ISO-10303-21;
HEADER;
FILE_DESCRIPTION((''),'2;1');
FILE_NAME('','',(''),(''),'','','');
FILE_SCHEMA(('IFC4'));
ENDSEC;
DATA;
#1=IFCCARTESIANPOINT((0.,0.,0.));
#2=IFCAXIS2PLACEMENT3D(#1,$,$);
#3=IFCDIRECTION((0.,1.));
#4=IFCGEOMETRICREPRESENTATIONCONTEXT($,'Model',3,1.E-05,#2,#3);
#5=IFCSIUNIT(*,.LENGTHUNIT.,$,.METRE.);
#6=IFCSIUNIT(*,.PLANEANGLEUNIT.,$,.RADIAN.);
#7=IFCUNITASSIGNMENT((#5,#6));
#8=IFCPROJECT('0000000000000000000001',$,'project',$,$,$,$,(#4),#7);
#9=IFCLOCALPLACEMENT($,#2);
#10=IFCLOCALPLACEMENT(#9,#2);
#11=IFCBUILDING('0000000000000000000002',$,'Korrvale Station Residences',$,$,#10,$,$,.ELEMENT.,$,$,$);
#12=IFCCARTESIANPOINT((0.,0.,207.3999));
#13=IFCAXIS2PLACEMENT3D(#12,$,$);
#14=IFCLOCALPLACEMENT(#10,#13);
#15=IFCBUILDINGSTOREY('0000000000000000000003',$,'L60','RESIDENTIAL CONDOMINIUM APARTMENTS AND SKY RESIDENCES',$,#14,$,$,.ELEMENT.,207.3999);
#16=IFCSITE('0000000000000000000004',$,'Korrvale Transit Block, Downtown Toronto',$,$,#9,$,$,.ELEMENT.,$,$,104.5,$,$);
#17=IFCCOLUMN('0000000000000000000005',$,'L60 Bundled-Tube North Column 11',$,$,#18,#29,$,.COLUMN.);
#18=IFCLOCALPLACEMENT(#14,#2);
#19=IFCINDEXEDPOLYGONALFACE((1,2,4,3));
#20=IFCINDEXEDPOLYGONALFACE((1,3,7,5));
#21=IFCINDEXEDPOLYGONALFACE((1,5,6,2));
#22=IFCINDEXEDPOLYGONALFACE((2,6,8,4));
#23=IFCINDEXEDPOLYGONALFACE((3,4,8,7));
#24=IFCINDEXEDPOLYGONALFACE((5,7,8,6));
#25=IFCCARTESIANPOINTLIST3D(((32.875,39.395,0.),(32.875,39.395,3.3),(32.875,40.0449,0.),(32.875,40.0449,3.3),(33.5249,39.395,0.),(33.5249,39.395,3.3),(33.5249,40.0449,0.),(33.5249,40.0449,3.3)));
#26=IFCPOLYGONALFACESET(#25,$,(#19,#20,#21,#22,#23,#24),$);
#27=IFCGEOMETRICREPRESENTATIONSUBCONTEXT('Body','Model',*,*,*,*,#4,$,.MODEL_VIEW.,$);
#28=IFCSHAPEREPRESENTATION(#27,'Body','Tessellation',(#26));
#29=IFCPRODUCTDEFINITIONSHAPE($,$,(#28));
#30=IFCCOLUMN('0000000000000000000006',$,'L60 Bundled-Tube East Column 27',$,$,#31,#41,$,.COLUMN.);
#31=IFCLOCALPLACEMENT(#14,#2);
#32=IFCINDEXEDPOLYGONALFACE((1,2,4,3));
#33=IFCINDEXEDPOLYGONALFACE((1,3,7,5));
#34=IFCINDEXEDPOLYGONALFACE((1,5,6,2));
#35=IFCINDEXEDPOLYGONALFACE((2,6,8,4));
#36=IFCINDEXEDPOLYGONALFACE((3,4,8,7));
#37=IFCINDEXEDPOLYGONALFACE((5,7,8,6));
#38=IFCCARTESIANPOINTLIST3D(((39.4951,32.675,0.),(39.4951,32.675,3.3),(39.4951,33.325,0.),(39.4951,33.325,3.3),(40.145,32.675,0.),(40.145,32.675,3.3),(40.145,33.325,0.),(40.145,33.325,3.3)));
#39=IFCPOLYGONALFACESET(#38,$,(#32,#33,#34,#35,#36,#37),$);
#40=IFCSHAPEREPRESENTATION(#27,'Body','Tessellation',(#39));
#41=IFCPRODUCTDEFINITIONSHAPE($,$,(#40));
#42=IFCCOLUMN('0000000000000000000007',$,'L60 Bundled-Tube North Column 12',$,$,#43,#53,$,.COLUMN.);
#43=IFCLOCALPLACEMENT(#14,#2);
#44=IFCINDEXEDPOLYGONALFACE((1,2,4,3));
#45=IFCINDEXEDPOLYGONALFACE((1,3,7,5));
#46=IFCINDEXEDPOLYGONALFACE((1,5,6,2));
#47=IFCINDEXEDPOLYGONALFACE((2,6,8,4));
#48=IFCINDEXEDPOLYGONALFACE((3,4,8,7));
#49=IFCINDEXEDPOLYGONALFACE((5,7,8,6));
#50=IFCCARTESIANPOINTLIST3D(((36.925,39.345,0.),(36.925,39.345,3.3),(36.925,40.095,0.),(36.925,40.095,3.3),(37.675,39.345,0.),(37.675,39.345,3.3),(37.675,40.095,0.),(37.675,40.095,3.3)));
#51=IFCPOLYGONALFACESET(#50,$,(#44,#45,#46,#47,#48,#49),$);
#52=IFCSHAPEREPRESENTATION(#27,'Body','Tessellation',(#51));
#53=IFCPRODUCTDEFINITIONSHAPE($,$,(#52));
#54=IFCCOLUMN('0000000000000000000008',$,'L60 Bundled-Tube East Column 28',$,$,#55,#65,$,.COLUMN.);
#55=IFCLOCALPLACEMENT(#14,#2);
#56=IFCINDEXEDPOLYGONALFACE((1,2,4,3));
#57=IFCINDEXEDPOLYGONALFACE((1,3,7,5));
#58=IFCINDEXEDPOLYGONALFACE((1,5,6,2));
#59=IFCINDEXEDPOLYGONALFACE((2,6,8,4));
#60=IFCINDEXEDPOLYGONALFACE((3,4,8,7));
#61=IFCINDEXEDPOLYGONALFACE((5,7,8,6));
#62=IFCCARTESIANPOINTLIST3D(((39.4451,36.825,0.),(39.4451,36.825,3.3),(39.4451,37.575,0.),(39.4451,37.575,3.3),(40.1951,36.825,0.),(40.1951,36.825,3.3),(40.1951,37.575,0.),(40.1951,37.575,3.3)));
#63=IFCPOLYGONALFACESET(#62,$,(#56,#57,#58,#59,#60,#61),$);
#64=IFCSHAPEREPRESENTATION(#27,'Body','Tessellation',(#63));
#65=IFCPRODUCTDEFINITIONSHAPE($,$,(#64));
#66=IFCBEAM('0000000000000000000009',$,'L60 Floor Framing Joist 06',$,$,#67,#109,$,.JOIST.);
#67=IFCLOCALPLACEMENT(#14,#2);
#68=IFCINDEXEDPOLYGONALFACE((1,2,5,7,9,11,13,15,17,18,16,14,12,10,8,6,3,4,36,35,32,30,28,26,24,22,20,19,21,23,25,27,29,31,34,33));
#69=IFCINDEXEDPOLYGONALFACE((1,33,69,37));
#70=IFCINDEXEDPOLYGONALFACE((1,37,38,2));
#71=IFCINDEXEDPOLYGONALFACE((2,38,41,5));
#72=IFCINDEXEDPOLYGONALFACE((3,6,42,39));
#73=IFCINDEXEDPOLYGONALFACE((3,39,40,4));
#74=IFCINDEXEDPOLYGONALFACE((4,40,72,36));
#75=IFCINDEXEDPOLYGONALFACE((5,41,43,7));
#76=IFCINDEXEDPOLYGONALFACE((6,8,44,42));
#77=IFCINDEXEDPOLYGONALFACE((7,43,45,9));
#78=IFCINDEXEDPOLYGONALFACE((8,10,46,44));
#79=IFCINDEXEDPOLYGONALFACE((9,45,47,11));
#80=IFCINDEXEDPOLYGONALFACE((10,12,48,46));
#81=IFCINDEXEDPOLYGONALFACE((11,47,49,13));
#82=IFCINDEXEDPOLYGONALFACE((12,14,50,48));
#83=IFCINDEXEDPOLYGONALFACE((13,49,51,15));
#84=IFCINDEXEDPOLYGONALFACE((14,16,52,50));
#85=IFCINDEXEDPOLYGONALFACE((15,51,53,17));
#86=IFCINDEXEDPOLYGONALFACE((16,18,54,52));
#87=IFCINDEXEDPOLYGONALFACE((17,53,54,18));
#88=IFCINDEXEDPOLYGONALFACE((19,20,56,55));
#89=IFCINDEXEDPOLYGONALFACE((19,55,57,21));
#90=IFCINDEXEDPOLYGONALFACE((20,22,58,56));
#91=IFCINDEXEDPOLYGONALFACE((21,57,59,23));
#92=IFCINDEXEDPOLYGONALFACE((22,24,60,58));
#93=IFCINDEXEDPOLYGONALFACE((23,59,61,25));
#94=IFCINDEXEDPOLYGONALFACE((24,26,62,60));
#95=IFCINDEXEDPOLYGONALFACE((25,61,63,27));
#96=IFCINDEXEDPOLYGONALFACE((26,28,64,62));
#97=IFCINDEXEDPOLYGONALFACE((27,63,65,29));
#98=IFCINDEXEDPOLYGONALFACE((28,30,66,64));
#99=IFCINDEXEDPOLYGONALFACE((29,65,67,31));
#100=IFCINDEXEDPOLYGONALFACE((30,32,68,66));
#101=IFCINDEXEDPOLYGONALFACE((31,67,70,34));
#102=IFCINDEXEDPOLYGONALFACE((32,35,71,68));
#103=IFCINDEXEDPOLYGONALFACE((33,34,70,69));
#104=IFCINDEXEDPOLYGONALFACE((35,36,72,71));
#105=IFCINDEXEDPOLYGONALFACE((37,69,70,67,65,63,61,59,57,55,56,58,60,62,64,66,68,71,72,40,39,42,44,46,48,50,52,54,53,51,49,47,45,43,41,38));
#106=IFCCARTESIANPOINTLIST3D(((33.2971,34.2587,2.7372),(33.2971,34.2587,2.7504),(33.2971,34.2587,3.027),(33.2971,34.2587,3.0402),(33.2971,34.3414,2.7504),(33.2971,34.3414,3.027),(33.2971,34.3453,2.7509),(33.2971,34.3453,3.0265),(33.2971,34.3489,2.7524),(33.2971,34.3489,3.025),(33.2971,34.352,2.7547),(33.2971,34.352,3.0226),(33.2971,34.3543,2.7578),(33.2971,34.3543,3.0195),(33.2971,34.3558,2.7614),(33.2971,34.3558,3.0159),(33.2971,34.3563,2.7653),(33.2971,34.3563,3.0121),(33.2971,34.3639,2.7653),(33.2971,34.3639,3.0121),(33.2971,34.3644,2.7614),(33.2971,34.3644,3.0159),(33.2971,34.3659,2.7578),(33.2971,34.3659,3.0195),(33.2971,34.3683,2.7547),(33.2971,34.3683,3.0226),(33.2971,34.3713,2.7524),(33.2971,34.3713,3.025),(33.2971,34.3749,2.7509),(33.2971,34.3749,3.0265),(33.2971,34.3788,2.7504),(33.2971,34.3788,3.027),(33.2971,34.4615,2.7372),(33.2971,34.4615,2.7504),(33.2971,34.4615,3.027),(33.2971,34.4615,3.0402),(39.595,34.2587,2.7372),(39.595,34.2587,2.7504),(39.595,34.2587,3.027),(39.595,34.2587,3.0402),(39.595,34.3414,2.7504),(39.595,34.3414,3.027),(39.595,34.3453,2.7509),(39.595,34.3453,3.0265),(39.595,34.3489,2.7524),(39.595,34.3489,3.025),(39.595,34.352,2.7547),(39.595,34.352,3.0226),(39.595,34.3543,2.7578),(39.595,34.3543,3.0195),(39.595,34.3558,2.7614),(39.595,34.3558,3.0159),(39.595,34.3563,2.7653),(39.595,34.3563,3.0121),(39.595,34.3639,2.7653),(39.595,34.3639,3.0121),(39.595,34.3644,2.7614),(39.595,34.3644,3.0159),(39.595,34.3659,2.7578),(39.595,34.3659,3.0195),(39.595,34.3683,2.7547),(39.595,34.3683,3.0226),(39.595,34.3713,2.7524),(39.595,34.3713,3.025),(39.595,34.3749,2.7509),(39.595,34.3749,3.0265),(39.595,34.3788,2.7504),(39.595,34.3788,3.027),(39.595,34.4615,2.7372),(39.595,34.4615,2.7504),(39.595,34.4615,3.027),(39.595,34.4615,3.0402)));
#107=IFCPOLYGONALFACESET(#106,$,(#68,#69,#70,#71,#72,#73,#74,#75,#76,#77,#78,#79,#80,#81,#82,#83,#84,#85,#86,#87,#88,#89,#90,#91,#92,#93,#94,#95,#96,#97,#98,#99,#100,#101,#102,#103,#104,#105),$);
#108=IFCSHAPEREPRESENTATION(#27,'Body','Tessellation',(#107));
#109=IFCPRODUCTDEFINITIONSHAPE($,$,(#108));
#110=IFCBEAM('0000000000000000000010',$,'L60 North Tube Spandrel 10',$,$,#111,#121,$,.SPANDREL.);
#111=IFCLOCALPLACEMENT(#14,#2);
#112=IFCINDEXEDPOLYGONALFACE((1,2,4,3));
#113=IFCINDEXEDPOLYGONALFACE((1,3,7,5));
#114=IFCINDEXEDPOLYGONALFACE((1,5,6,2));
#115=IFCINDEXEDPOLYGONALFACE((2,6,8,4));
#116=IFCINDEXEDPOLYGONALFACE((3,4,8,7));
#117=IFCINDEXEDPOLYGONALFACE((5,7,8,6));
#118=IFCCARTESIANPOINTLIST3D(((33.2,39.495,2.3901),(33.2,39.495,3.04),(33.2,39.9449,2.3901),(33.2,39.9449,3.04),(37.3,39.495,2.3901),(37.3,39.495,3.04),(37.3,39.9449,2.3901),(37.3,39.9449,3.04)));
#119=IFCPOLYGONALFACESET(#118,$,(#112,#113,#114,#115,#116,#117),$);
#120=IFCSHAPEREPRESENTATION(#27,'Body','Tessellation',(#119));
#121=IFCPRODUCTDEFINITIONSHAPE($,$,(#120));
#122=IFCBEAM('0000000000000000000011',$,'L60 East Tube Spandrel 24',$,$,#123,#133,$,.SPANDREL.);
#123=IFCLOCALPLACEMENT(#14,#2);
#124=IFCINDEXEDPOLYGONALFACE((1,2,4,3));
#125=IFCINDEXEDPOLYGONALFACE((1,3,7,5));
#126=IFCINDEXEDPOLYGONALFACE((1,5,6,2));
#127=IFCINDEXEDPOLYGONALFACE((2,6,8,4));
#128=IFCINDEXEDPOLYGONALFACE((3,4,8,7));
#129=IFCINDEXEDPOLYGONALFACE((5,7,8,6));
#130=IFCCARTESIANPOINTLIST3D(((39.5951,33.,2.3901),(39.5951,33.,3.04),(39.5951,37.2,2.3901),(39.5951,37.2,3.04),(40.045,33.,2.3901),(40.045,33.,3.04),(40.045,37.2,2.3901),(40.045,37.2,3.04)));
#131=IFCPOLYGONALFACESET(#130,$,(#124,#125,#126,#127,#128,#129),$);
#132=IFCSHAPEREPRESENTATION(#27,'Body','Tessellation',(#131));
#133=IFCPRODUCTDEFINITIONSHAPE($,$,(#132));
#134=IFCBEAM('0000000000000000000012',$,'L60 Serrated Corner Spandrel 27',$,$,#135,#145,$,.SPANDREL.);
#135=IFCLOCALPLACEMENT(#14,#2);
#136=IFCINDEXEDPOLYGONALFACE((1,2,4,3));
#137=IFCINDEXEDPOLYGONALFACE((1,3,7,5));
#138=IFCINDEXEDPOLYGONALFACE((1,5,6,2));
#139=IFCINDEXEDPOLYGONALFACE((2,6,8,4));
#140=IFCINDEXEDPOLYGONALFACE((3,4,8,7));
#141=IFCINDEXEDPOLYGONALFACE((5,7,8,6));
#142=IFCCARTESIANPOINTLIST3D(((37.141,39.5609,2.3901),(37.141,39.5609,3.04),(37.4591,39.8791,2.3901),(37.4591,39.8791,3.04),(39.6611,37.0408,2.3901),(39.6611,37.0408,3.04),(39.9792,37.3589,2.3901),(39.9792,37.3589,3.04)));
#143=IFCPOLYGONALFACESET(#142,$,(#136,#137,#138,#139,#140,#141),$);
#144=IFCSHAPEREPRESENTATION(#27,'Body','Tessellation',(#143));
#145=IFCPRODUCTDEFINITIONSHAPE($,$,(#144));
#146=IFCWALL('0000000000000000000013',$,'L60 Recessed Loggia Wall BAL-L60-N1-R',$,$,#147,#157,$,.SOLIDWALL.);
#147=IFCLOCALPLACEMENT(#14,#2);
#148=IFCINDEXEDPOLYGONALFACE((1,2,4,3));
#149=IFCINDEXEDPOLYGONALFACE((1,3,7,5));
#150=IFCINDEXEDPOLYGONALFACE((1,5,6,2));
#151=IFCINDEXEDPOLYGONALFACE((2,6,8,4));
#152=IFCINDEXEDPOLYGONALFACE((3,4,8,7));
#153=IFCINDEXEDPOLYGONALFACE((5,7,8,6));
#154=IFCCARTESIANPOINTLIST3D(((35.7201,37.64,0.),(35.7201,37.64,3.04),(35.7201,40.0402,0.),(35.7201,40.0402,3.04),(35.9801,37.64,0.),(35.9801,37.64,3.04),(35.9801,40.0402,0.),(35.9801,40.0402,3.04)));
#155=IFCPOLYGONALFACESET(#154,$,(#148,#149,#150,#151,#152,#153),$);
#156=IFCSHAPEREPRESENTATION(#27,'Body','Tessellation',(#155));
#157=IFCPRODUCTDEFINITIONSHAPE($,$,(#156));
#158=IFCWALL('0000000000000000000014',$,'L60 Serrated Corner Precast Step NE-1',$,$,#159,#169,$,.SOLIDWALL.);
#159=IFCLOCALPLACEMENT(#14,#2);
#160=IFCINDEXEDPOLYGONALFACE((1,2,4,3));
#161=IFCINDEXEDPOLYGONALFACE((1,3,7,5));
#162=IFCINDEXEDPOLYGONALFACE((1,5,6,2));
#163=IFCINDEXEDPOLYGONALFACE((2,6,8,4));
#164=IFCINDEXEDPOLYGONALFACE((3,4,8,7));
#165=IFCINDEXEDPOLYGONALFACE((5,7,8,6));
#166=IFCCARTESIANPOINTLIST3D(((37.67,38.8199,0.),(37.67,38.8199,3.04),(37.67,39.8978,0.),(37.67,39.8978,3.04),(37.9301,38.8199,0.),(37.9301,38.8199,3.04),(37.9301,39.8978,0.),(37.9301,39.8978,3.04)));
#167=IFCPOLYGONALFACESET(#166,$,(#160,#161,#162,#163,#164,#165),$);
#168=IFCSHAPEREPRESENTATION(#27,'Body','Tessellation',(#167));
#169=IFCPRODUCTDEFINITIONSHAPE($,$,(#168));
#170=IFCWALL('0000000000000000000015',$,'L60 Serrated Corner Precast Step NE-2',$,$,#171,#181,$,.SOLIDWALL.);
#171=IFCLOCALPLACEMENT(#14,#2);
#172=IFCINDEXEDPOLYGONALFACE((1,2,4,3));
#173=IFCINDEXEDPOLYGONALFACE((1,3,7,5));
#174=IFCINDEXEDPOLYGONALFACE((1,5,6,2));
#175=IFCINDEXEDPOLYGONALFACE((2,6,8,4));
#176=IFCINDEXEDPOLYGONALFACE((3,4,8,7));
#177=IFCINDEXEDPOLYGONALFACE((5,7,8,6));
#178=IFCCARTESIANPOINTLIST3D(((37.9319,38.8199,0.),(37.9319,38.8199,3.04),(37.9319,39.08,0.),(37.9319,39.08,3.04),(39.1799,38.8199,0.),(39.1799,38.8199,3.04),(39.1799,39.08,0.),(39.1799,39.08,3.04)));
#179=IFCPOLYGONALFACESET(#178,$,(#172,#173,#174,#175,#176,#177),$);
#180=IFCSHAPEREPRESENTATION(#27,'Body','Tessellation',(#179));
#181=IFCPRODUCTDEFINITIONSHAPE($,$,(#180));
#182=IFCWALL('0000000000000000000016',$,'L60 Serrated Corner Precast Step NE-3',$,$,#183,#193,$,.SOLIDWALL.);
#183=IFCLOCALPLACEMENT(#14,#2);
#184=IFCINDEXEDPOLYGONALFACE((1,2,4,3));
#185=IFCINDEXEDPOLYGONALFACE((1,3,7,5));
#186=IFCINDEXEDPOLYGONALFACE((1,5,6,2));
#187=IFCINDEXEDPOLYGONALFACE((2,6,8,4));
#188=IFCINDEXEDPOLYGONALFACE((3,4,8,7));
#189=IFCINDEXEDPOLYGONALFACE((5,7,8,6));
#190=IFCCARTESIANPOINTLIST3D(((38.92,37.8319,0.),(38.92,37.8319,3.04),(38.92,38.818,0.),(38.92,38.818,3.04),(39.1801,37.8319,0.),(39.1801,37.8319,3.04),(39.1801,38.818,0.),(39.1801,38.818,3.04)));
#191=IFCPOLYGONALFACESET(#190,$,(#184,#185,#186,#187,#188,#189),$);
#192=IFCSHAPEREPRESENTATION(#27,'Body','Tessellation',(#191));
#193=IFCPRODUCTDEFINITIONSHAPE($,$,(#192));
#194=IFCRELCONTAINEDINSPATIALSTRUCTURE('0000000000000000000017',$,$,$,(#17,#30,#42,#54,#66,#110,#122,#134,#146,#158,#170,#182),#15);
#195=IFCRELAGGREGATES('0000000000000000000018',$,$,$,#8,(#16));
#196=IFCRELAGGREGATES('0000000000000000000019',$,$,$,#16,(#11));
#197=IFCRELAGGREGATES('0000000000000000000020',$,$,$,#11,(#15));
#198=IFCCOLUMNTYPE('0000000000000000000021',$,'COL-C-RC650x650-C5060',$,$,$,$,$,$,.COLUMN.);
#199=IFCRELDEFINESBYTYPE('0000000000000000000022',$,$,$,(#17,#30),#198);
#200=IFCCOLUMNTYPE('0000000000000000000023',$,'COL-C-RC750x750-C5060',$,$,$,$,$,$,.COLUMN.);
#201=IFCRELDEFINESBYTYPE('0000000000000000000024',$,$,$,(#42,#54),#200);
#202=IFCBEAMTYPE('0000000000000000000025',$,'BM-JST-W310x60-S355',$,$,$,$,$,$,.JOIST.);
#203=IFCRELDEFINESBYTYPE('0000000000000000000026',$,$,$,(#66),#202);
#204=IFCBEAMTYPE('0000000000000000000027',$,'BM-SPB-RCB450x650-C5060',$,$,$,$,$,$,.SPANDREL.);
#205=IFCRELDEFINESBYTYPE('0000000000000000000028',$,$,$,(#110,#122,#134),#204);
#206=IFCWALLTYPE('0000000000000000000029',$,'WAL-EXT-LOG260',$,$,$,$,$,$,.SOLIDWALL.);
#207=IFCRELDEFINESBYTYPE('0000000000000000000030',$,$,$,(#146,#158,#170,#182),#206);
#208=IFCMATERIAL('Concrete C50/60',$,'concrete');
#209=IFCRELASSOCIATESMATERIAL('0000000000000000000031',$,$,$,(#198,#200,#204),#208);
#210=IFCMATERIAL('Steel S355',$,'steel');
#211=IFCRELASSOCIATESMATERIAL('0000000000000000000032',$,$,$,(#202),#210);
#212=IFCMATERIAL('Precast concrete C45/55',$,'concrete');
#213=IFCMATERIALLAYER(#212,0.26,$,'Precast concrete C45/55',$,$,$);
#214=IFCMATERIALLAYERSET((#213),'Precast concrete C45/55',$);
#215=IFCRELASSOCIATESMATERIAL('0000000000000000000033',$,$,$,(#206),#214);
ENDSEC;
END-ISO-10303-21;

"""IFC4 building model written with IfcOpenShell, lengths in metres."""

from ifc_helpers import new_model, si_unit, direction, frame, frame_2d, origin, origin_2d, place, context, subcontext, project, spatial, rectangle, i_section, extrude, material, layer, layer_set, material_profile, profile_set, type_object, element, save


model = new_model("IFC4")

# Units and contexts
model_context = context("Model", 3, precision=1e-05, world=origin(), true_north=direction((0.0, 1.0)))
body_context = subcontext(model_context, "Body", "Model", "MODEL_VIEW")
ifc_project = project(units=[si_unit("LENGTHUNIT", "METRE"), si_unit("PLANEANGLEUNIT", "RADIAN")], contexts=[model_context])

# Site, building, storey
site_placement = place(None, origin())
site = spatial("IfcSite", under=ifc_project, at=site_placement, Name="Korrvale Transit Block, Downtown Toronto", CompositionType="ELEMENT", RefElevation=104.5)
building_placement = place(site_placement, origin())
building = spatial("IfcBuilding", under=site, at=building_placement, Name="Korrvale Station Residences", CompositionType="ELEMENT")
storey_placement = place(building_placement, frame((0.0, 0.0, 207.3999)))
storey = spatial("IfcBuildingStorey", under=building, at=storey_placement, Name="L60", Description="RESIDENTIAL CONDOMINIUM APARTMENTS AND SKY RESIDENCES", CompositionType="ELEMENT", Elevation=207.3999)

# Columns
ifc_material_1 = material(Name="Concrete C50/60", Category="concrete")
ifc_material_profile_1 = material_profile(ifc_material_1, rectangle(XDim=0.6499, YDim=0.6499, at=origin_2d()), Name="RC650x650")
ifc_profile_set_1 = profile_set([ifc_material_profile_1], Name="Concrete C50/60")
column_type_1 = type_object("IfcColumnType", Name="COL-C-RC650x650-C5060", PredefinedType="COLUMN", material=ifc_profile_set_1)
for number, where, z_axis, x_axis, name in (
    (1, (33.2, 39.72, 0.0), (0.0, 0.0, 1.0), (1.0, 0.0, 0.0), "L60 Bundled-Tube North Column 11"),
    (2, (39.8201, 33.0, 0.0), (0.0, 0.0, 1.0), (1.0, 0.0, 0.0), "L60 Bundled-Tube East Column 27"),
):
    element("IfcColumn", number, at=place(storey_placement, frame(where, z_axis=z_axis, x_axis=x_axis)), inside=storey, type_object=column_type_1, Name=name, PredefinedType="COLUMN", context=body_context, shape_type="SweptSolid", body=[
        extrude(rectangle(XDim=0.6499, YDim=0.6499, at=origin_2d()), origin(), (0.0, 0.0, 1.0), 3.3),
    ])
ifc_material_profile_2 = material_profile(ifc_material_1, rectangle(XDim=0.75, YDim=0.75, at=origin_2d()), Name="RC750x750")
ifc_profile_set_2 = profile_set([ifc_material_profile_2], Name="Concrete C50/60")
column_type_2 = type_object("IfcColumnType", Name="COL-C-RC750x750-C5060", PredefinedType="COLUMN", material=ifc_profile_set_2)
for number, where, z_axis, x_axis, name in (
    (3, (37.3, 39.72, 0.0), (0.0, 0.0, 1.0), (1.0, 0.0, 0.0), "L60 Bundled-Tube North Column 12"),
    (4, (39.8201, 37.2, 0.0), (0.0, 0.0, 1.0), (1.0, 0.0, 0.0), "L60 Bundled-Tube East Column 28"),
):
    element("IfcColumn", number, at=place(storey_placement, frame(where, z_axis=z_axis, x_axis=x_axis)), inside=storey, type_object=column_type_2, Name=name, PredefinedType="COLUMN", context=body_context, shape_type="SweptSolid", body=[
        extrude(rectangle(XDim=0.75, YDim=0.75, at=origin_2d()), origin(), (0.0, 0.0, 1.0), 3.3),
    ])

# Beams
ifc_material_2 = material(Name="Steel S355", Category="steel")
ifc_material_profile_3 = material_profile(ifc_material_2, i_section(OverallWidth=0.2029, OverallDepth=0.303, WebThickness=0.0076, FlangeThickness=0.0132, FilletRadius=0.0149, at=origin_2d()), Name="W310x60")
ifc_profile_set_3 = profile_set([ifc_material_profile_3], Name="Steel S355")
beam_type_1 = type_object("IfcBeamType", Name="BM-JST-W310x60-S355", PredefinedType="JOIST", material=ifc_profile_set_3)
beam_1_placement = place(storey_placement, frame((33.2971, 34.3601, 2.8887), z_axis=(1.0, 0.0, 0.0), x_axis=(0.0, 1.0, 0.0)))
element("IfcBeam", 5, at=beam_1_placement, inside=storey, type_object=beam_type_1, Name="L60 Floor Framing Joist 06", PredefinedType="JOIST", context=body_context, shape_type="SweptSolid", body=[
    extrude(i_section(OverallWidth=0.2029, OverallDepth=0.303, WebThickness=0.0076, FlangeThickness=0.0132, FilletRadius=0.0149, at=origin_2d()), origin(), (0.0, 0.0, 1.0), 6.2979),
])
ifc_material_profile_4 = material_profile(ifc_material_1, rectangle(XDim=0.45, YDim=0.6499, at=origin_2d()), Name="RCB450x650")
ifc_profile_set_4 = profile_set([ifc_material_profile_4], Name="Concrete C50/60")
beam_type_2 = type_object("IfcBeamType", Name="BM-SPB-RCB450x650-C5060", PredefinedType="SPANDREL", material=ifc_profile_set_4)
beam_2_placement = place(storey_placement, frame((33.2, 39.72, 2.7151), z_axis=(1.0, 0.0, 0.0), x_axis=(0.0, 1.0, 0.0)))
element("IfcBeam", 6, at=beam_2_placement, inside=storey, type_object=beam_type_2, Name="L60 North Tube Spandrel 10", PredefinedType="SPANDREL", context=body_context, shape_type="SweptSolid", body=[
    extrude(rectangle(XDim=0.45, YDim=0.6499, at=origin_2d()), origin(), (0.0, 0.0, 1.0), 4.1001),
])
beam_3_placement = place(storey_placement, frame((39.8201, 33.0, 2.7151), z_axis=(0.0, 1.0, 0.0), x_axis=(-1.0, 0.0, 0.0)))
element("IfcBeam", 7, at=beam_3_placement, inside=storey, type_object=beam_type_2, Name="L60 East Tube Spandrel 24", PredefinedType="SPANDREL", context=body_context, shape_type="SweptSolid", body=[
    extrude(rectangle(XDim=0.45, YDim=0.6499, at=origin_2d()), origin(), (0.0, 0.0, 1.0), 4.2),
])
beam_4_placement = place(storey_placement, frame((37.3, 39.72, 2.7151), z_axis=(0.707107, -0.707107, 0.0), x_axis=(0.707107, 0.707107, 0.0)))
element("IfcBeam", 8, at=beam_4_placement, inside=storey, type_object=beam_type_2, Name="L60 Serrated Corner Spandrel 27", PredefinedType="SPANDREL", context=body_context, shape_type="SweptSolid", body=[
    extrude(rectangle(XDim=0.45, YDim=0.6499, at=origin_2d()), origin(), (0.0, 0.0, 1.0), 3.564),
])

# Walls
ifc_material_3 = material(Name="Precast concrete C45/55", Category="concrete")
ifc_layer_1 = layer(ifc_material_3, 0.26, Name="Precast concrete C45/55")
ifc_layer_set_1 = layer_set([ifc_layer_1], Name="Precast concrete C45/55")
wall_type_1 = type_object("IfcWallType", Name="WAL-EXT-LOG260", PredefinedType="SOLIDWALL", material=ifc_layer_set_1)
wall_1_placement = place(storey_placement, frame((35.8501, 37.6399, 0.0), z_axis=(0.0, 0.0, 1.0), x_axis=(0.0, 1.0, 0.0)))
element("IfcWall", 9, at=wall_1_placement, inside=storey, type_object=wall_type_1, Name="L60 Recessed Loggia Wall BAL-L60-N1-R", PredefinedType="SOLIDWALL", context=body_context, shape_type="SweptSolid", body=[
    extrude(rectangle(XDim=2.4001, YDim=0.26, at=frame_2d((1.2002, 0.0))), origin(), (0.0, 0.0, 1.0), 3.04),
])
wall_2_placement = place(storey_placement, frame((37.8, 39.8979, 0.0), z_axis=(0.0, 0.0, 1.0), x_axis=(0.0, -1.0, 0.0)))
element("IfcWall", 10, at=wall_2_placement, inside=storey, type_object=wall_type_1, Name="L60 Serrated Corner Precast Step NE-1", PredefinedType="SOLIDWALL", context=body_context, shape_type="SweptSolid", body=[
    extrude(rectangle(XDim=1.0779, YDim=0.26, at=frame_2d((0.5391, 0.0))), origin(), (0.0, 0.0, 1.0), 3.04),
])
wall_3_placement = place(storey_placement, frame((37.9319, 38.95, 0.0), z_axis=(0.0, 0.0, 1.0), x_axis=(1.0, 0.0, 0.0)))
element("IfcWall", 11, at=wall_3_placement, inside=storey, type_object=wall_type_1, Name="L60 Serrated Corner Precast Step NE-2", PredefinedType="SOLIDWALL", context=body_context, shape_type="SweptSolid", body=[
    extrude(rectangle(XDim=1.248, YDim=0.26, at=frame_2d((0.624, 0.0))), origin(), (0.0, 0.0, 1.0), 3.04),
])
wall_4_placement = place(storey_placement, frame((39.05, 38.8181, 0.0), z_axis=(0.0, 0.0, 1.0), x_axis=(0.0, -1.0, 0.0)))
element("IfcWall", 12, at=wall_4_placement, inside=storey, type_object=wall_type_1, Name="L60 Serrated Corner Precast Step NE-3", PredefinedType="SOLIDWALL", context=body_context, shape_type="SweptSolid", body=[
    extrude(rectangle(XDim=0.9861, YDim=0.26, at=frame_2d((0.4932, 0.0))), origin(), (0.0, 0.0, 1.0), 3.04),
])

save(model, "model.ifc")
